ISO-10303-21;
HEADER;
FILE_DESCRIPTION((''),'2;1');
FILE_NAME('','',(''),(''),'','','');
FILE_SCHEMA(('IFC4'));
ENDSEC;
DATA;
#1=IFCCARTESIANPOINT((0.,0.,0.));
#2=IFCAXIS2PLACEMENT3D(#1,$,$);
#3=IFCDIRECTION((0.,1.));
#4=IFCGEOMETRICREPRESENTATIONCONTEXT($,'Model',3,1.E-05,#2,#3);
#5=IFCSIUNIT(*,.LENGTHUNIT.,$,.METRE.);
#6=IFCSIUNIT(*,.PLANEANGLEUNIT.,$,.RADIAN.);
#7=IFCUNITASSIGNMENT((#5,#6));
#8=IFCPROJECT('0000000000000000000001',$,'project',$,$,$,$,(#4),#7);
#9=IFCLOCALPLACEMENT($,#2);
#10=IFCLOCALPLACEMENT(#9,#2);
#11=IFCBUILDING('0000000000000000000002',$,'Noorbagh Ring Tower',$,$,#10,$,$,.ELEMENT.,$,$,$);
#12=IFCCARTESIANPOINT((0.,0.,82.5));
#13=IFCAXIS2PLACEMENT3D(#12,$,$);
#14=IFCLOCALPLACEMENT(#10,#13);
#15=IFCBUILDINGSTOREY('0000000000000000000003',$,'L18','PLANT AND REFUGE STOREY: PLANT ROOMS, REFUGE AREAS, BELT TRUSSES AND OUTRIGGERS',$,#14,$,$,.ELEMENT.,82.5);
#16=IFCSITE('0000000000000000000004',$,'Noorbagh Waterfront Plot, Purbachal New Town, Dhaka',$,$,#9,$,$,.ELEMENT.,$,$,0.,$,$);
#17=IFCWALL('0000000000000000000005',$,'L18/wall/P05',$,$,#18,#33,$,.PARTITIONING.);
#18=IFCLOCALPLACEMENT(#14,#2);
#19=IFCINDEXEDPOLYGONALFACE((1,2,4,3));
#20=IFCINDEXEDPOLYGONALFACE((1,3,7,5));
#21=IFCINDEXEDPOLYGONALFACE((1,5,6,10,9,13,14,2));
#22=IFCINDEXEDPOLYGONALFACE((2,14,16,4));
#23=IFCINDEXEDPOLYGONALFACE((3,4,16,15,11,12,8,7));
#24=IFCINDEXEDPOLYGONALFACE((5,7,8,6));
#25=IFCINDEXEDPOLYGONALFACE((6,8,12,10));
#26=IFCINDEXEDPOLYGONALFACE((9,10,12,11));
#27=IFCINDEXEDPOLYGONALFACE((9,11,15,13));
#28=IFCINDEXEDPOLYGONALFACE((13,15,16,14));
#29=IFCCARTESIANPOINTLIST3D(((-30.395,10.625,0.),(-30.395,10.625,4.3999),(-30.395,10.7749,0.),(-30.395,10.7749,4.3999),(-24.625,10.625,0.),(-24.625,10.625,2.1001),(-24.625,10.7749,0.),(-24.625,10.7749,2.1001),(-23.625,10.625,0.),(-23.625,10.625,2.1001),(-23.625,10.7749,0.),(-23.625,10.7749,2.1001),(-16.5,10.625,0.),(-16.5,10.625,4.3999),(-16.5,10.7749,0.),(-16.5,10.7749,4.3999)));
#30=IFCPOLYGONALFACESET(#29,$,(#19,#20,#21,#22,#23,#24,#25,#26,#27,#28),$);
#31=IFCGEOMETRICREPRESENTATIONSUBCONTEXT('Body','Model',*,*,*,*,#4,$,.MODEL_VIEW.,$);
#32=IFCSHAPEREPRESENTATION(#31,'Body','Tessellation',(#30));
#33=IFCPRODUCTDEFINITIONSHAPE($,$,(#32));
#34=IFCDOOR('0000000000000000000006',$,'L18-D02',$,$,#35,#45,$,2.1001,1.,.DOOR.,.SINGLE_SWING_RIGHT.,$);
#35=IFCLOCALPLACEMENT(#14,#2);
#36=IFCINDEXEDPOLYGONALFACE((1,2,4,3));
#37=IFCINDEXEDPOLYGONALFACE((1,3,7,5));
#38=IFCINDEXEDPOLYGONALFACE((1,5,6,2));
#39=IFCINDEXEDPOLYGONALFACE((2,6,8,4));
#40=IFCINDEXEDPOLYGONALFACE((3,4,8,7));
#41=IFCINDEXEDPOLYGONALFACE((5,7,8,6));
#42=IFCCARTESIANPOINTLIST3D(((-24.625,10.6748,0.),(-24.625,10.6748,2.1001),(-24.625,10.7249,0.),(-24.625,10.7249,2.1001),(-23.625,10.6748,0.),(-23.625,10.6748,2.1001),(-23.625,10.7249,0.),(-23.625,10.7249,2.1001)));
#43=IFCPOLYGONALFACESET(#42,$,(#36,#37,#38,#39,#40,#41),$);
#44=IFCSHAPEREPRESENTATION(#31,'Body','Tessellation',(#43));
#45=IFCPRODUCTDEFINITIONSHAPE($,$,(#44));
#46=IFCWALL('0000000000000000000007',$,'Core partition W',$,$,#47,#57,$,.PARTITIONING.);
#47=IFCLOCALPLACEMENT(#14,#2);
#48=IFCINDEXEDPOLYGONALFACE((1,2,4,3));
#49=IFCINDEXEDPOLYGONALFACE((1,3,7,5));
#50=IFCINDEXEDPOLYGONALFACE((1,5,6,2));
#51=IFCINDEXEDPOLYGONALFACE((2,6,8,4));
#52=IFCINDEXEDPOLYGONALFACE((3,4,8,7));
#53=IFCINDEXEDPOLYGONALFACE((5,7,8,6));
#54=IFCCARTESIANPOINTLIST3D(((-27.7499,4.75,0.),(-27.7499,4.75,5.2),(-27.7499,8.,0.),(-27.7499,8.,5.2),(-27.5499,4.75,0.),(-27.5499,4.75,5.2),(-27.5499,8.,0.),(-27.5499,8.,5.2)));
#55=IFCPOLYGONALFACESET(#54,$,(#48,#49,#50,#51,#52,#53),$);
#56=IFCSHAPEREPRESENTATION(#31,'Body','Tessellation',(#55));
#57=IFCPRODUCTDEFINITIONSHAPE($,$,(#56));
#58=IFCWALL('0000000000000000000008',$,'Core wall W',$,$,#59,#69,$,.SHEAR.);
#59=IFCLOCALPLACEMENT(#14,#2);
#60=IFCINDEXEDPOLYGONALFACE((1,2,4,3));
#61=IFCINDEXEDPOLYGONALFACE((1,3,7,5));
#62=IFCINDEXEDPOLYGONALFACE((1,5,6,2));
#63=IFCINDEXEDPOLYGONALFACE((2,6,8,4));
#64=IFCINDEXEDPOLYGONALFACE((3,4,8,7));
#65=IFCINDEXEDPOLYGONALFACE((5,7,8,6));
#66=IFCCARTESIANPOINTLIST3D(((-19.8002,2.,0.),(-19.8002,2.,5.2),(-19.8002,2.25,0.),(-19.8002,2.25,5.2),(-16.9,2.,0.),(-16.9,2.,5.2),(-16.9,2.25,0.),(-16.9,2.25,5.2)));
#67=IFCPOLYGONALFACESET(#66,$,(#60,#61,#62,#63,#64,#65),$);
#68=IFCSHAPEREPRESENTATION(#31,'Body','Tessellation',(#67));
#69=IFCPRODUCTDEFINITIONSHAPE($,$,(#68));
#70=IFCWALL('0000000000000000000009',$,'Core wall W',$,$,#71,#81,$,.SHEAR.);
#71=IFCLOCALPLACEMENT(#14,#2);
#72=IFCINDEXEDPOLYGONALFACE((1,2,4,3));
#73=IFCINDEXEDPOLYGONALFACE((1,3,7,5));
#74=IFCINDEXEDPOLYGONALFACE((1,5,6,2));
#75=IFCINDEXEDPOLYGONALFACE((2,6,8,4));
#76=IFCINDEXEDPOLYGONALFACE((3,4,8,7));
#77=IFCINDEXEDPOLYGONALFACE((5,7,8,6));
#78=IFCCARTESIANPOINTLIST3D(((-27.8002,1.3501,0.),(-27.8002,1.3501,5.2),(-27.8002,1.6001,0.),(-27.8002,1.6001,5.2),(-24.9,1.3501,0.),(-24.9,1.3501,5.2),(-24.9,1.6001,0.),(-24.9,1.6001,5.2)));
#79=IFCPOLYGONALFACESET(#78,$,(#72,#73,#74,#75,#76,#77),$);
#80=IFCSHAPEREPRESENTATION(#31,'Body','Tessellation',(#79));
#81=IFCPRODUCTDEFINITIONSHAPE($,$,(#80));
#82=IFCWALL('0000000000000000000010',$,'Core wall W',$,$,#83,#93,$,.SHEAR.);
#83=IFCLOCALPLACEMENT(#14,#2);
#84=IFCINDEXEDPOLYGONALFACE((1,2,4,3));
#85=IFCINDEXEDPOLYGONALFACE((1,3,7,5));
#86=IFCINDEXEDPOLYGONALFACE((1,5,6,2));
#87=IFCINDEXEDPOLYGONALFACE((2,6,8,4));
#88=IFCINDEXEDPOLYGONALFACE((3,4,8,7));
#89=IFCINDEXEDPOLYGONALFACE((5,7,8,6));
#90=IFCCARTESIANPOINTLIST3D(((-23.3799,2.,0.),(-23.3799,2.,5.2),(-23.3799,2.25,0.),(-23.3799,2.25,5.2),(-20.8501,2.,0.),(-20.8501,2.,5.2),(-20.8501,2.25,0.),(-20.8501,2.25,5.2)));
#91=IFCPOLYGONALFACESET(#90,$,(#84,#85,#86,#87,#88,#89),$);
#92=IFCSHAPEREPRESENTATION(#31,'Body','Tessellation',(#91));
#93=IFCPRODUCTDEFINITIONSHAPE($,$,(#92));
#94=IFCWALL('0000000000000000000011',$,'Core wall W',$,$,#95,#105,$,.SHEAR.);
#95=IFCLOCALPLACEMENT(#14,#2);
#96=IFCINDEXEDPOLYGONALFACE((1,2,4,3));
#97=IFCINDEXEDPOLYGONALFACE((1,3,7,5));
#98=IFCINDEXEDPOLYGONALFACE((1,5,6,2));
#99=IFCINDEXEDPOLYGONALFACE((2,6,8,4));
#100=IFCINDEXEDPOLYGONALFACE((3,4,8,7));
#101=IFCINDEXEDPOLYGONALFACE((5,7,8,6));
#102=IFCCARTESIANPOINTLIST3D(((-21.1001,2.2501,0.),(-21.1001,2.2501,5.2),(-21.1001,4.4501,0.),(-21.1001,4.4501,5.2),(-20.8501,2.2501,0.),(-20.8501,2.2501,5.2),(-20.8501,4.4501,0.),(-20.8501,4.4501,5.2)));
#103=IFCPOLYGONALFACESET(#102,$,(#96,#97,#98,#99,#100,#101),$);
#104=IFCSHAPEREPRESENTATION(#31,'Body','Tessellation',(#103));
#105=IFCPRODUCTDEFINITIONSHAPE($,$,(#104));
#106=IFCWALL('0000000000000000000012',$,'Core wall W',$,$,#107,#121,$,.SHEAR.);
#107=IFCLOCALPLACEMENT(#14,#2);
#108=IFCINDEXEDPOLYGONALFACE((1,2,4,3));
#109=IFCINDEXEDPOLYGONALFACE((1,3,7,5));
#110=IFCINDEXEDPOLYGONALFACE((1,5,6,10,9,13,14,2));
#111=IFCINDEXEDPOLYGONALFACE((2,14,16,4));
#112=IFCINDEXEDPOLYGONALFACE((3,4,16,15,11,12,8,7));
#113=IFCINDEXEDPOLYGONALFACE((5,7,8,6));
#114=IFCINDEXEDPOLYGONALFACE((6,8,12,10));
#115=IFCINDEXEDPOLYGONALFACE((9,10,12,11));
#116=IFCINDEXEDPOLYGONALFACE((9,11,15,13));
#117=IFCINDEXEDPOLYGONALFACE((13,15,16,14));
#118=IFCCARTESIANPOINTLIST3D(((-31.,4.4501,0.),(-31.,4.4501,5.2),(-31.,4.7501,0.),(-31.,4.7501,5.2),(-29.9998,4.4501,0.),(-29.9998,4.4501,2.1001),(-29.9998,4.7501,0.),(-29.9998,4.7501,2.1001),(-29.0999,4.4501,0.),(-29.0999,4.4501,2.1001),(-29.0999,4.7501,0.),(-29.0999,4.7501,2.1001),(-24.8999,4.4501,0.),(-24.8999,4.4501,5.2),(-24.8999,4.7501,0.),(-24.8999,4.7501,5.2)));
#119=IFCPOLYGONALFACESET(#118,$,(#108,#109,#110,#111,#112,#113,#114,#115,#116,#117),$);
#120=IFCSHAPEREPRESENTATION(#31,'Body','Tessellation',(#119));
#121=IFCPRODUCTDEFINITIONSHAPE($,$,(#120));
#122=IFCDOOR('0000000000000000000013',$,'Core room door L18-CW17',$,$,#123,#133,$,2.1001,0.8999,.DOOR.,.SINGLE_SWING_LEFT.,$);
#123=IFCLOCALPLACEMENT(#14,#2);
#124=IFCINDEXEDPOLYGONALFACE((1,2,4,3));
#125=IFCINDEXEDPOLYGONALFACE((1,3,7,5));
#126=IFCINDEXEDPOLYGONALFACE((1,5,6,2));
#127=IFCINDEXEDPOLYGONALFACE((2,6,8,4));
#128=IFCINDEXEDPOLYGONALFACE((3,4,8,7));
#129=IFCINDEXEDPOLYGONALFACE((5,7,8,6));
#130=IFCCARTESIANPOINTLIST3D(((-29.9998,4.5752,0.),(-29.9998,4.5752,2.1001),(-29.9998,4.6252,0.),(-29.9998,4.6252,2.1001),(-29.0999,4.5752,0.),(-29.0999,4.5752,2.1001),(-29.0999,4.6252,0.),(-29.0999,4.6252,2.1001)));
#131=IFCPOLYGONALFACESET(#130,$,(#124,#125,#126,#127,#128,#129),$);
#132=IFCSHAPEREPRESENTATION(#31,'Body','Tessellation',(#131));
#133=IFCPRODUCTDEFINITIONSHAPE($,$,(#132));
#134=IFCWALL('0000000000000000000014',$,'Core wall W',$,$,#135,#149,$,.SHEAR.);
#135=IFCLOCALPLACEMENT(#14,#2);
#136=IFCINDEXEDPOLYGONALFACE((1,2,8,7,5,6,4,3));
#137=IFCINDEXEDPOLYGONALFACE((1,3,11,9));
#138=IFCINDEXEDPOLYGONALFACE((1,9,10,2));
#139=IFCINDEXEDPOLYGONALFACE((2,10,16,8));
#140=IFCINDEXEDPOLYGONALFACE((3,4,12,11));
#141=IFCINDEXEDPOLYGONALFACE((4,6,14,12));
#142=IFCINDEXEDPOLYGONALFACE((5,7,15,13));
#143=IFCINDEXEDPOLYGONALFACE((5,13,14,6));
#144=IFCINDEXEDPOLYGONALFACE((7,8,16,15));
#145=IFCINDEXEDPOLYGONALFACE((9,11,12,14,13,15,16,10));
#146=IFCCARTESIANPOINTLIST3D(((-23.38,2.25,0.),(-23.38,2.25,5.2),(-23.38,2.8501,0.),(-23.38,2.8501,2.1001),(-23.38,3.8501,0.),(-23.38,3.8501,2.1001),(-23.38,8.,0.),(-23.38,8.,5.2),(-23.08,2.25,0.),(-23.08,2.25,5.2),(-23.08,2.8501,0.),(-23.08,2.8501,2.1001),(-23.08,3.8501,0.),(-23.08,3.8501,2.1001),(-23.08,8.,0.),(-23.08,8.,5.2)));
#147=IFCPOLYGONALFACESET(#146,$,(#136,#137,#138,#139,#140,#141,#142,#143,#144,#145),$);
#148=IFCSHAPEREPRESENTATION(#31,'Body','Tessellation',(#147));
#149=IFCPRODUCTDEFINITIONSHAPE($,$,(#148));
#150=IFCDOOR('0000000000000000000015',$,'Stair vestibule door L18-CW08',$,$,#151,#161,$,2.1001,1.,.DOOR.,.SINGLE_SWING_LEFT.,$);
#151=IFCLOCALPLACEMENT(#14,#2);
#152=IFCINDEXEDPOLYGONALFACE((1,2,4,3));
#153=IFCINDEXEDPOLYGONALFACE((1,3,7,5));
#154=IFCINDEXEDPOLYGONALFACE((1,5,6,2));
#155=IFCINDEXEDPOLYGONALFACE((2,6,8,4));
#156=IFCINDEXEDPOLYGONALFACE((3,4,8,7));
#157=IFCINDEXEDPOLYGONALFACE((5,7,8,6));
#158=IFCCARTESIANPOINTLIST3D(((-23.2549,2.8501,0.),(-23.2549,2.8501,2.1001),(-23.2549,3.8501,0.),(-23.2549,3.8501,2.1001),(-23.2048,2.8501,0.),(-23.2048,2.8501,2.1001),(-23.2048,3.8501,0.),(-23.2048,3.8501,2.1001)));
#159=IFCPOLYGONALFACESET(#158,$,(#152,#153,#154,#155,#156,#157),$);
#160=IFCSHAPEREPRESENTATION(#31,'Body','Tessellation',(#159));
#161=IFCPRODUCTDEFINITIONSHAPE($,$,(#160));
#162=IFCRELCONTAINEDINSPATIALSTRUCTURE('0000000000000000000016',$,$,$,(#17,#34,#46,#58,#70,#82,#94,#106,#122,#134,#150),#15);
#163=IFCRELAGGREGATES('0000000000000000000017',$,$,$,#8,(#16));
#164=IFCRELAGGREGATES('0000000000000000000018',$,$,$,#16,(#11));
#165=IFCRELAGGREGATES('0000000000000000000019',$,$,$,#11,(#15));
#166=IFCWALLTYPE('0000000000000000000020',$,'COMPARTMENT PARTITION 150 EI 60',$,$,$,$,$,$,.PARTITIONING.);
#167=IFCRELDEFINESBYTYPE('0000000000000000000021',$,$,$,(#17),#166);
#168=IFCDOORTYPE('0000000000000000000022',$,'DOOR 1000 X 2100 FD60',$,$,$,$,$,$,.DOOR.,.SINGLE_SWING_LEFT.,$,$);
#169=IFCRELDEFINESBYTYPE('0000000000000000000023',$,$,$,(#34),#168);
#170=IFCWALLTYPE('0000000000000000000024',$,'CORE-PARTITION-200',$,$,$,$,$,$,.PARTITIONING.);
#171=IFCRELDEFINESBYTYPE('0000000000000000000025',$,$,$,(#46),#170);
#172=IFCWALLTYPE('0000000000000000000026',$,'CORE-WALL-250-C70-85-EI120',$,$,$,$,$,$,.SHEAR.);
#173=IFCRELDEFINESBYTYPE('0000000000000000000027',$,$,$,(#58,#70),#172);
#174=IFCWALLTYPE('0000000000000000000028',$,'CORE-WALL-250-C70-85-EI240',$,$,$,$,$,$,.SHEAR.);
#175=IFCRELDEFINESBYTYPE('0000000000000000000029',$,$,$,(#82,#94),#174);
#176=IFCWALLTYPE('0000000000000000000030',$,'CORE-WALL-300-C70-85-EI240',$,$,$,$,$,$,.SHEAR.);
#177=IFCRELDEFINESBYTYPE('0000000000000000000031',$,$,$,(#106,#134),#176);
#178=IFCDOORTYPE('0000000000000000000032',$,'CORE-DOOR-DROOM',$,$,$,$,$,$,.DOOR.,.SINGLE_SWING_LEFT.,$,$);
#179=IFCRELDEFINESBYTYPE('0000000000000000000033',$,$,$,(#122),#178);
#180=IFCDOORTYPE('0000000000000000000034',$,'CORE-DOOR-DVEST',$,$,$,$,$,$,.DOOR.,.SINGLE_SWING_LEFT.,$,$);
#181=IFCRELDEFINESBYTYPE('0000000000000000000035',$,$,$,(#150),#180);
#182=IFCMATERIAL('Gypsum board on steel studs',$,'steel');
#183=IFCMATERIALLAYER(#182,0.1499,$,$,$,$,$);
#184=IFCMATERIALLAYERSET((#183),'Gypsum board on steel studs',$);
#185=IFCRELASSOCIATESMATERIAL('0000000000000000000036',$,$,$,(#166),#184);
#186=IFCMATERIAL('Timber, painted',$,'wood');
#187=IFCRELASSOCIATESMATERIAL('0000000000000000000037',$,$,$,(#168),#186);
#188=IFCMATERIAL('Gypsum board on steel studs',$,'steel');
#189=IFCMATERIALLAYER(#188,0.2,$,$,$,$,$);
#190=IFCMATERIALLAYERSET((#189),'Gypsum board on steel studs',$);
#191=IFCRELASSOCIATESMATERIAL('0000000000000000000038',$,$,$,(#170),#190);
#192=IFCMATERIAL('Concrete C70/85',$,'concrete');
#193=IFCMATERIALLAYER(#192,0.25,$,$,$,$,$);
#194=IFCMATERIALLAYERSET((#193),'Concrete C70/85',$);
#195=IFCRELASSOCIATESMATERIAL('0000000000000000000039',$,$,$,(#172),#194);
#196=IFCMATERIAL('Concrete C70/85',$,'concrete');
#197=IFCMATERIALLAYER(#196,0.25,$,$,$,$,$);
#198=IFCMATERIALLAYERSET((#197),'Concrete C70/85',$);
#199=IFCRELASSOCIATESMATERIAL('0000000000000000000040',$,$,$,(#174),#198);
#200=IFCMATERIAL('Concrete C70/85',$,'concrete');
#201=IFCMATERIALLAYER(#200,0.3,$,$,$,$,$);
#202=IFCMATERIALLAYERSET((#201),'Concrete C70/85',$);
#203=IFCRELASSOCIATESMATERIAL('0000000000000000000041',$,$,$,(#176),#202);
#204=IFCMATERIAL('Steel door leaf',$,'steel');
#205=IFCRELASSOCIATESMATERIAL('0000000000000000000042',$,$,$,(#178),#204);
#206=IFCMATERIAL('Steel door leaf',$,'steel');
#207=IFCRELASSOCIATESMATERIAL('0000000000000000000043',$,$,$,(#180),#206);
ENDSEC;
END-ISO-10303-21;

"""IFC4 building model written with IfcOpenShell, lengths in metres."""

from ifc_helpers import new_model, si_unit, direction, frame, frame_2d, origin, place, context, subcontext, project, spatial, rectangle, extrude, material, layer, layer_set, type_object, element, fill, save


model = new_model("IFC4")

# Units and contexts
model_context = context("Model", 3, precision=1e-05, world=origin(), true_north=direction((0.0, 1.0)))
body_context = subcontext(model_context, "Body", "Model", "MODEL_VIEW")
ifc_project = project(units=[si_unit("LENGTHUNIT", "METRE"), si_unit("PLANEANGLEUNIT", "RADIAN")], contexts=[model_context])

# Site, building, storey
site_placement = place(None, origin())
site = spatial("IfcSite", under=ifc_project, at=site_placement, Name="Noorbagh Waterfront Plot, Purbachal New Town, Dhaka", CompositionType="ELEMENT", RefElevation=0.0)
building_placement = place(site_placement, origin())
building = spatial("IfcBuilding", under=site, at=building_placement, Name="Noorbagh Ring Tower", CompositionType="ELEMENT")
storey_placement = place(building_placement, frame((0.0, 0.0, 82.5)))
storey = spatial("IfcBuildingStorey", under=building, at=storey_placement, Name="L18", Description="PLANT AND REFUGE STOREY: PLANT ROOMS, REFUGE AREAS, BELT TRUSSES AND OUTRIGGERS", CompositionType="ELEMENT", Elevation=82.5)

# Wall, opening, door
ifc_material_1 = material(Name="Gypsum board on steel studs", Category="steel")
ifc_layer_1 = layer(ifc_material_1, 0.1499)
ifc_layer_set_1 = layer_set([ifc_layer_1], Name="Gypsum board on steel studs")
wall_type_1 = type_object("IfcWallType", Name="COMPARTMENT PARTITION 150 EI 60", PredefinedType="PARTITIONING", material=ifc_layer_set_1)
wall_1_placement = place(storey_placement, frame((-30.395, 10.7, 0.0), z_axis=(0.0, 0.0, 1.0), x_axis=(1.0, 0.0, 0.0)))
wall_1 = element("IfcWall", 1, at=wall_1_placement, inside=storey, type_object=wall_type_1, Name="L18/wall/P05", PredefinedType="PARTITIONING", context=body_context, shape_type="SweptSolid", body=[
    extrude(rectangle(XDim=13.895, YDim=0.1499, at=frame_2d((6.9475, 0.0))), origin(), (0.0, 0.0, 1.0), 4.3999),
])
opening_1_placement = place(wall_1_placement, frame((5.77, 0.0, 0.0)))
opening_1 = element("IfcOpeningElement", 2, at=opening_1_placement, cuts=wall_1, PredefinedType="OPENING", context=body_context, shape_type="SweptSolid", body=[
    extrude(rectangle(XDim=1.0, YDim=2.1001, at=frame_2d((0.5, 1.05))), frame((0.0, 0.085, 0.0), z_axis=(0.0, -1.0, 0.0), x_axis=(1.0, 0.0, 0.0)), (0.0, 0.0, 1.0), 0.1699),
])
ifc_material_2 = material(Name="Timber, painted", Category="wood")
door_type_1 = type_object("IfcDoorType", Name="DOOR 1000 X 2100 FD60", OperationType="SINGLE_SWING_LEFT", PredefinedType="DOOR", material=ifc_material_2)
door_1_placement = place(opening_1_placement, origin())
door_1 = element("IfcDoor", 3, at=door_1_placement, inside=storey, type_object=door_type_1, Name="L18-D02", OperationType="SINGLE_SWING_RIGHT", OverallHeight=2.1001, OverallWidth=1.0, PredefinedType="DOOR", context=body_context, shape_type="SweptSolid", body=[
    extrude(rectangle(XDim=1.0, YDim=2.1001, at=frame_2d((0.5, 1.05))), frame((0.0, 0.0249, 0.0), z_axis=(0.0, -1.0, 0.0), x_axis=(1.0, 0.0, 0.0)), (0.0, 0.0, 1.0), 0.05),
])
fill(opening_1, door_1)

# Walls
ifc_material_3 = material(Name="Gypsum board on steel studs", Category="steel")
ifc_layer_2 = layer(ifc_material_3, 0.2)
ifc_layer_set_2 = layer_set([ifc_layer_2], Name="Gypsum board on steel studs")
wall_type_2 = type_object("IfcWallType", Name="CORE-PARTITION-200", PredefinedType="PARTITIONING", material=ifc_layer_set_2)
wall_2_placement = place(storey_placement, frame((-27.6499, 4.75, 0.0), z_axis=(0.0, 0.0, 1.0), x_axis=(0.0, 1.0, 0.0)))
element("IfcWall", 4, at=wall_2_placement, inside=storey, type_object=wall_type_2, Name="Core partition W", PredefinedType="PARTITIONING", context=body_context, shape_type="SweptSolid", body=[
    extrude(rectangle(XDim=3.25, YDim=0.2, at=frame_2d((1.625, 0.0))), origin(), (0.0, 0.0, 1.0), 5.2),
])
ifc_material_4 = material(Name="Concrete C70/85", Category="concrete")
ifc_layer_3 = layer(ifc_material_4, 0.25)
ifc_layer_set_3 = layer_set([ifc_layer_3], Name="Concrete C70/85")
wall_type_3 = type_object("IfcWallType", Name="CORE-WALL-250-C70-85-EI120", PredefinedType="SHEAR", material=ifc_layer_set_3)
for number, where, z_axis, x_axis, name in (
    (5, (-16.8999, 2.125, 0.0), (0.0, 0.0, 1.0), (-1.0, 0.0, 0.0), "Core wall W"),
    (6, (-24.8999, 1.4751, 0.0), (0.0, 0.0, 1.0), (-1.0, 0.0, 0.0), "Core wall W"),
):
    element("IfcWall", number, at=place(storey_placement, frame(where, z_axis=z_axis, x_axis=x_axis)), inside=storey, type_object=wall_type_3, Name=name, PredefinedType="SHEAR", context=body_context, shape_type="SweptSolid", body=[
        extrude(rectangle(XDim=2.9001, YDim=0.25, at=frame_2d((1.4502, 0.0))), origin(), (0.0, 0.0, 1.0), 5.2),
    ])
ifc_material_5 = material(Name="Concrete C70/85", Category="concrete")
ifc_layer_4 = layer(ifc_material_5, 0.25)
ifc_layer_set_4 = layer_set([ifc_layer_4], Name="Concrete C70/85")
wall_type_4 = type_object("IfcWallType", Name="CORE-WALL-250-C70-85-EI240", PredefinedType="SHEAR", material=ifc_layer_set_4)
wall_3_placement = place(storey_placement, frame((-20.8501, 2.125, 0.0), z_axis=(0.0, 0.0, 1.0), x_axis=(-1.0, 0.0, 0.0)))
element("IfcWall", 7, at=wall_3_placement, inside=storey, type_object=wall_type_4, Name="Core wall W", PredefinedType="SHEAR", context=body_context, shape_type="SweptSolid", body=[
    extrude(rectangle(XDim=2.5298, YDim=0.25, at=frame_2d((1.2649, 0.0))), origin(), (0.0, 0.0, 1.0), 5.2),
])
wall_4_placement = place(storey_placement, frame((-20.9751, 2.25, 0.0), z_axis=(0.0, 0.0, 1.0), x_axis=(0.0, 1.0, 0.0)))
element("IfcWall", 8, at=wall_4_placement, inside=storey, type_object=wall_type_4, Name="Core wall W", PredefinedType="SHEAR", context=body_context, shape_type="SweptSolid", body=[
    extrude(rectangle(XDim=2.2, YDim=0.25, at=frame_2d((1.1001, 0.0))), origin(), (0.0, 0.0, 1.0), 5.2),
])

# Walls, openings, doors
ifc_material_6 = material(Name="Concrete C70/85", Category="concrete")
ifc_layer_5 = layer(ifc_material_6, 0.3)
ifc_layer_set_5 = layer_set([ifc_layer_5], Name="Concrete C70/85")
wall_type_5 = type_object("IfcWallType", Name="CORE-WALL-300-C70-85-EI240", PredefinedType="SHEAR", material=ifc_layer_set_5)
wall_5_placement = place(storey_placement, frame((-24.8999, 4.6001, 0.0), z_axis=(0.0, 0.0, 1.0), x_axis=(-1.0, 0.0, 0.0)))
wall_5 = element("IfcWall", 9, at=wall_5_placement, inside=storey, type_object=wall_type_5, Name="Core wall W", PredefinedType="SHEAR", context=body_context, shape_type="SweptSolid", body=[
    extrude(rectangle(XDim=6.1001, YDim=0.3, at=frame_2d((3.05, 0.0))), origin(), (0.0, 0.0, 1.0), 5.2),
])
opening_2_placement = place(wall_5_placement, frame((4.2, 0.0, 0.0)))
opening_2 = element("IfcOpeningElement", 10, at=opening_2_placement, cuts=wall_5, PredefinedType="OPENING", context=body_context, shape_type="SweptSolid", body=[
    extrude(rectangle(XDim=0.8999, YDim=2.1001, at=frame_2d((0.45, 1.05))), frame((0.0, 0.1602, 0.0), z_axis=(0.0, -1.0, 0.0), x_axis=(1.0, 0.0, 0.0)), (0.0, 0.0, 1.0), 0.3201),
])
ifc_material_7 = material(Name="Steel door leaf", Category="steel")
door_type_2 = type_object("IfcDoorType", Name="CORE-DOOR-DROOM", OperationType="SINGLE_SWING_LEFT", PredefinedType="DOOR", material=ifc_material_7)
door_2_placement = place(opening_2_placement, origin())
door_2 = element("IfcDoor", 11, at=door_2_placement, inside=storey, type_object=door_type_2, Name="Core room door L18-CW17", OperationType="SINGLE_SWING_LEFT", OverallHeight=2.1001, OverallWidth=0.8999, PredefinedType="DOOR", context=body_context, shape_type="SweptSolid", body=[
    extrude(rectangle(XDim=0.8999, YDim=2.1001, at=frame_2d((0.45, 1.05))), frame((0.0, 0.0249, 0.0), z_axis=(0.0, -1.0, 0.0), x_axis=(1.0, 0.0, 0.0)), (0.0, 0.0, 1.0), 0.05),
])
fill(opening_2, door_2)
wall_6_placement = place(storey_placement, frame((-23.23, 2.25, 0.0), z_axis=(0.0, 0.0, 1.0), x_axis=(0.0, 1.0, 0.0)))
wall_6 = element("IfcWall", 12, at=wall_6_placement, inside=storey, type_object=wall_type_5, Name="Core wall W", PredefinedType="SHEAR", context=body_context, shape_type="SweptSolid", body=[
    extrude(rectangle(XDim=5.75, YDim=0.3, at=frame_2d((2.875, 0.0))), origin(), (0.0, 0.0, 1.0), 5.2),
])
opening_3_placement = place(wall_6_placement, frame((0.6001, 0.0, 0.0)))
opening_3 = element("IfcOpeningElement", 13, at=opening_3_placement, cuts=wall_6, PredefinedType="OPENING", context=body_context, shape_type="SweptSolid", body=[
    extrude(rectangle(XDim=1.0, YDim=2.1001, at=frame_2d((0.5, 1.05))), frame((0.0, 0.1602, 0.0), z_axis=(0.0, -1.0, 0.0), x_axis=(1.0, 0.0, 0.0)), (0.0, 0.0, 1.0), 0.3201),
])
ifc_material_8 = material(Name="Steel door leaf", Category="steel")
door_type_3 = type_object("IfcDoorType", Name="CORE-DOOR-DVEST", OperationType="SINGLE_SWING_LEFT", PredefinedType="DOOR", material=ifc_material_8)
door_3_placement = place(opening_3_placement, origin())
door_3 = element("IfcDoor", 14, at=door_3_placement, inside=storey, type_object=door_type_3, Name="Stair vestibule door L18-CW08", OperationType="SINGLE_SWING_LEFT", OverallHeight=2.1001, OverallWidth=1.0, PredefinedType="DOOR", context=body_context, shape_type="SweptSolid", body=[
    extrude(rectangle(XDim=1.0, YDim=2.1001, at=frame_2d((0.5, 1.05))), frame((0.0, 0.0249, 0.0), z_axis=(0.0, -1.0, 0.0), x_axis=(1.0, 0.0, 0.0)), (0.0, 0.0, 1.0), 0.05),
])
fill(opening_3, door_3)

save(model, "model.ifc")
